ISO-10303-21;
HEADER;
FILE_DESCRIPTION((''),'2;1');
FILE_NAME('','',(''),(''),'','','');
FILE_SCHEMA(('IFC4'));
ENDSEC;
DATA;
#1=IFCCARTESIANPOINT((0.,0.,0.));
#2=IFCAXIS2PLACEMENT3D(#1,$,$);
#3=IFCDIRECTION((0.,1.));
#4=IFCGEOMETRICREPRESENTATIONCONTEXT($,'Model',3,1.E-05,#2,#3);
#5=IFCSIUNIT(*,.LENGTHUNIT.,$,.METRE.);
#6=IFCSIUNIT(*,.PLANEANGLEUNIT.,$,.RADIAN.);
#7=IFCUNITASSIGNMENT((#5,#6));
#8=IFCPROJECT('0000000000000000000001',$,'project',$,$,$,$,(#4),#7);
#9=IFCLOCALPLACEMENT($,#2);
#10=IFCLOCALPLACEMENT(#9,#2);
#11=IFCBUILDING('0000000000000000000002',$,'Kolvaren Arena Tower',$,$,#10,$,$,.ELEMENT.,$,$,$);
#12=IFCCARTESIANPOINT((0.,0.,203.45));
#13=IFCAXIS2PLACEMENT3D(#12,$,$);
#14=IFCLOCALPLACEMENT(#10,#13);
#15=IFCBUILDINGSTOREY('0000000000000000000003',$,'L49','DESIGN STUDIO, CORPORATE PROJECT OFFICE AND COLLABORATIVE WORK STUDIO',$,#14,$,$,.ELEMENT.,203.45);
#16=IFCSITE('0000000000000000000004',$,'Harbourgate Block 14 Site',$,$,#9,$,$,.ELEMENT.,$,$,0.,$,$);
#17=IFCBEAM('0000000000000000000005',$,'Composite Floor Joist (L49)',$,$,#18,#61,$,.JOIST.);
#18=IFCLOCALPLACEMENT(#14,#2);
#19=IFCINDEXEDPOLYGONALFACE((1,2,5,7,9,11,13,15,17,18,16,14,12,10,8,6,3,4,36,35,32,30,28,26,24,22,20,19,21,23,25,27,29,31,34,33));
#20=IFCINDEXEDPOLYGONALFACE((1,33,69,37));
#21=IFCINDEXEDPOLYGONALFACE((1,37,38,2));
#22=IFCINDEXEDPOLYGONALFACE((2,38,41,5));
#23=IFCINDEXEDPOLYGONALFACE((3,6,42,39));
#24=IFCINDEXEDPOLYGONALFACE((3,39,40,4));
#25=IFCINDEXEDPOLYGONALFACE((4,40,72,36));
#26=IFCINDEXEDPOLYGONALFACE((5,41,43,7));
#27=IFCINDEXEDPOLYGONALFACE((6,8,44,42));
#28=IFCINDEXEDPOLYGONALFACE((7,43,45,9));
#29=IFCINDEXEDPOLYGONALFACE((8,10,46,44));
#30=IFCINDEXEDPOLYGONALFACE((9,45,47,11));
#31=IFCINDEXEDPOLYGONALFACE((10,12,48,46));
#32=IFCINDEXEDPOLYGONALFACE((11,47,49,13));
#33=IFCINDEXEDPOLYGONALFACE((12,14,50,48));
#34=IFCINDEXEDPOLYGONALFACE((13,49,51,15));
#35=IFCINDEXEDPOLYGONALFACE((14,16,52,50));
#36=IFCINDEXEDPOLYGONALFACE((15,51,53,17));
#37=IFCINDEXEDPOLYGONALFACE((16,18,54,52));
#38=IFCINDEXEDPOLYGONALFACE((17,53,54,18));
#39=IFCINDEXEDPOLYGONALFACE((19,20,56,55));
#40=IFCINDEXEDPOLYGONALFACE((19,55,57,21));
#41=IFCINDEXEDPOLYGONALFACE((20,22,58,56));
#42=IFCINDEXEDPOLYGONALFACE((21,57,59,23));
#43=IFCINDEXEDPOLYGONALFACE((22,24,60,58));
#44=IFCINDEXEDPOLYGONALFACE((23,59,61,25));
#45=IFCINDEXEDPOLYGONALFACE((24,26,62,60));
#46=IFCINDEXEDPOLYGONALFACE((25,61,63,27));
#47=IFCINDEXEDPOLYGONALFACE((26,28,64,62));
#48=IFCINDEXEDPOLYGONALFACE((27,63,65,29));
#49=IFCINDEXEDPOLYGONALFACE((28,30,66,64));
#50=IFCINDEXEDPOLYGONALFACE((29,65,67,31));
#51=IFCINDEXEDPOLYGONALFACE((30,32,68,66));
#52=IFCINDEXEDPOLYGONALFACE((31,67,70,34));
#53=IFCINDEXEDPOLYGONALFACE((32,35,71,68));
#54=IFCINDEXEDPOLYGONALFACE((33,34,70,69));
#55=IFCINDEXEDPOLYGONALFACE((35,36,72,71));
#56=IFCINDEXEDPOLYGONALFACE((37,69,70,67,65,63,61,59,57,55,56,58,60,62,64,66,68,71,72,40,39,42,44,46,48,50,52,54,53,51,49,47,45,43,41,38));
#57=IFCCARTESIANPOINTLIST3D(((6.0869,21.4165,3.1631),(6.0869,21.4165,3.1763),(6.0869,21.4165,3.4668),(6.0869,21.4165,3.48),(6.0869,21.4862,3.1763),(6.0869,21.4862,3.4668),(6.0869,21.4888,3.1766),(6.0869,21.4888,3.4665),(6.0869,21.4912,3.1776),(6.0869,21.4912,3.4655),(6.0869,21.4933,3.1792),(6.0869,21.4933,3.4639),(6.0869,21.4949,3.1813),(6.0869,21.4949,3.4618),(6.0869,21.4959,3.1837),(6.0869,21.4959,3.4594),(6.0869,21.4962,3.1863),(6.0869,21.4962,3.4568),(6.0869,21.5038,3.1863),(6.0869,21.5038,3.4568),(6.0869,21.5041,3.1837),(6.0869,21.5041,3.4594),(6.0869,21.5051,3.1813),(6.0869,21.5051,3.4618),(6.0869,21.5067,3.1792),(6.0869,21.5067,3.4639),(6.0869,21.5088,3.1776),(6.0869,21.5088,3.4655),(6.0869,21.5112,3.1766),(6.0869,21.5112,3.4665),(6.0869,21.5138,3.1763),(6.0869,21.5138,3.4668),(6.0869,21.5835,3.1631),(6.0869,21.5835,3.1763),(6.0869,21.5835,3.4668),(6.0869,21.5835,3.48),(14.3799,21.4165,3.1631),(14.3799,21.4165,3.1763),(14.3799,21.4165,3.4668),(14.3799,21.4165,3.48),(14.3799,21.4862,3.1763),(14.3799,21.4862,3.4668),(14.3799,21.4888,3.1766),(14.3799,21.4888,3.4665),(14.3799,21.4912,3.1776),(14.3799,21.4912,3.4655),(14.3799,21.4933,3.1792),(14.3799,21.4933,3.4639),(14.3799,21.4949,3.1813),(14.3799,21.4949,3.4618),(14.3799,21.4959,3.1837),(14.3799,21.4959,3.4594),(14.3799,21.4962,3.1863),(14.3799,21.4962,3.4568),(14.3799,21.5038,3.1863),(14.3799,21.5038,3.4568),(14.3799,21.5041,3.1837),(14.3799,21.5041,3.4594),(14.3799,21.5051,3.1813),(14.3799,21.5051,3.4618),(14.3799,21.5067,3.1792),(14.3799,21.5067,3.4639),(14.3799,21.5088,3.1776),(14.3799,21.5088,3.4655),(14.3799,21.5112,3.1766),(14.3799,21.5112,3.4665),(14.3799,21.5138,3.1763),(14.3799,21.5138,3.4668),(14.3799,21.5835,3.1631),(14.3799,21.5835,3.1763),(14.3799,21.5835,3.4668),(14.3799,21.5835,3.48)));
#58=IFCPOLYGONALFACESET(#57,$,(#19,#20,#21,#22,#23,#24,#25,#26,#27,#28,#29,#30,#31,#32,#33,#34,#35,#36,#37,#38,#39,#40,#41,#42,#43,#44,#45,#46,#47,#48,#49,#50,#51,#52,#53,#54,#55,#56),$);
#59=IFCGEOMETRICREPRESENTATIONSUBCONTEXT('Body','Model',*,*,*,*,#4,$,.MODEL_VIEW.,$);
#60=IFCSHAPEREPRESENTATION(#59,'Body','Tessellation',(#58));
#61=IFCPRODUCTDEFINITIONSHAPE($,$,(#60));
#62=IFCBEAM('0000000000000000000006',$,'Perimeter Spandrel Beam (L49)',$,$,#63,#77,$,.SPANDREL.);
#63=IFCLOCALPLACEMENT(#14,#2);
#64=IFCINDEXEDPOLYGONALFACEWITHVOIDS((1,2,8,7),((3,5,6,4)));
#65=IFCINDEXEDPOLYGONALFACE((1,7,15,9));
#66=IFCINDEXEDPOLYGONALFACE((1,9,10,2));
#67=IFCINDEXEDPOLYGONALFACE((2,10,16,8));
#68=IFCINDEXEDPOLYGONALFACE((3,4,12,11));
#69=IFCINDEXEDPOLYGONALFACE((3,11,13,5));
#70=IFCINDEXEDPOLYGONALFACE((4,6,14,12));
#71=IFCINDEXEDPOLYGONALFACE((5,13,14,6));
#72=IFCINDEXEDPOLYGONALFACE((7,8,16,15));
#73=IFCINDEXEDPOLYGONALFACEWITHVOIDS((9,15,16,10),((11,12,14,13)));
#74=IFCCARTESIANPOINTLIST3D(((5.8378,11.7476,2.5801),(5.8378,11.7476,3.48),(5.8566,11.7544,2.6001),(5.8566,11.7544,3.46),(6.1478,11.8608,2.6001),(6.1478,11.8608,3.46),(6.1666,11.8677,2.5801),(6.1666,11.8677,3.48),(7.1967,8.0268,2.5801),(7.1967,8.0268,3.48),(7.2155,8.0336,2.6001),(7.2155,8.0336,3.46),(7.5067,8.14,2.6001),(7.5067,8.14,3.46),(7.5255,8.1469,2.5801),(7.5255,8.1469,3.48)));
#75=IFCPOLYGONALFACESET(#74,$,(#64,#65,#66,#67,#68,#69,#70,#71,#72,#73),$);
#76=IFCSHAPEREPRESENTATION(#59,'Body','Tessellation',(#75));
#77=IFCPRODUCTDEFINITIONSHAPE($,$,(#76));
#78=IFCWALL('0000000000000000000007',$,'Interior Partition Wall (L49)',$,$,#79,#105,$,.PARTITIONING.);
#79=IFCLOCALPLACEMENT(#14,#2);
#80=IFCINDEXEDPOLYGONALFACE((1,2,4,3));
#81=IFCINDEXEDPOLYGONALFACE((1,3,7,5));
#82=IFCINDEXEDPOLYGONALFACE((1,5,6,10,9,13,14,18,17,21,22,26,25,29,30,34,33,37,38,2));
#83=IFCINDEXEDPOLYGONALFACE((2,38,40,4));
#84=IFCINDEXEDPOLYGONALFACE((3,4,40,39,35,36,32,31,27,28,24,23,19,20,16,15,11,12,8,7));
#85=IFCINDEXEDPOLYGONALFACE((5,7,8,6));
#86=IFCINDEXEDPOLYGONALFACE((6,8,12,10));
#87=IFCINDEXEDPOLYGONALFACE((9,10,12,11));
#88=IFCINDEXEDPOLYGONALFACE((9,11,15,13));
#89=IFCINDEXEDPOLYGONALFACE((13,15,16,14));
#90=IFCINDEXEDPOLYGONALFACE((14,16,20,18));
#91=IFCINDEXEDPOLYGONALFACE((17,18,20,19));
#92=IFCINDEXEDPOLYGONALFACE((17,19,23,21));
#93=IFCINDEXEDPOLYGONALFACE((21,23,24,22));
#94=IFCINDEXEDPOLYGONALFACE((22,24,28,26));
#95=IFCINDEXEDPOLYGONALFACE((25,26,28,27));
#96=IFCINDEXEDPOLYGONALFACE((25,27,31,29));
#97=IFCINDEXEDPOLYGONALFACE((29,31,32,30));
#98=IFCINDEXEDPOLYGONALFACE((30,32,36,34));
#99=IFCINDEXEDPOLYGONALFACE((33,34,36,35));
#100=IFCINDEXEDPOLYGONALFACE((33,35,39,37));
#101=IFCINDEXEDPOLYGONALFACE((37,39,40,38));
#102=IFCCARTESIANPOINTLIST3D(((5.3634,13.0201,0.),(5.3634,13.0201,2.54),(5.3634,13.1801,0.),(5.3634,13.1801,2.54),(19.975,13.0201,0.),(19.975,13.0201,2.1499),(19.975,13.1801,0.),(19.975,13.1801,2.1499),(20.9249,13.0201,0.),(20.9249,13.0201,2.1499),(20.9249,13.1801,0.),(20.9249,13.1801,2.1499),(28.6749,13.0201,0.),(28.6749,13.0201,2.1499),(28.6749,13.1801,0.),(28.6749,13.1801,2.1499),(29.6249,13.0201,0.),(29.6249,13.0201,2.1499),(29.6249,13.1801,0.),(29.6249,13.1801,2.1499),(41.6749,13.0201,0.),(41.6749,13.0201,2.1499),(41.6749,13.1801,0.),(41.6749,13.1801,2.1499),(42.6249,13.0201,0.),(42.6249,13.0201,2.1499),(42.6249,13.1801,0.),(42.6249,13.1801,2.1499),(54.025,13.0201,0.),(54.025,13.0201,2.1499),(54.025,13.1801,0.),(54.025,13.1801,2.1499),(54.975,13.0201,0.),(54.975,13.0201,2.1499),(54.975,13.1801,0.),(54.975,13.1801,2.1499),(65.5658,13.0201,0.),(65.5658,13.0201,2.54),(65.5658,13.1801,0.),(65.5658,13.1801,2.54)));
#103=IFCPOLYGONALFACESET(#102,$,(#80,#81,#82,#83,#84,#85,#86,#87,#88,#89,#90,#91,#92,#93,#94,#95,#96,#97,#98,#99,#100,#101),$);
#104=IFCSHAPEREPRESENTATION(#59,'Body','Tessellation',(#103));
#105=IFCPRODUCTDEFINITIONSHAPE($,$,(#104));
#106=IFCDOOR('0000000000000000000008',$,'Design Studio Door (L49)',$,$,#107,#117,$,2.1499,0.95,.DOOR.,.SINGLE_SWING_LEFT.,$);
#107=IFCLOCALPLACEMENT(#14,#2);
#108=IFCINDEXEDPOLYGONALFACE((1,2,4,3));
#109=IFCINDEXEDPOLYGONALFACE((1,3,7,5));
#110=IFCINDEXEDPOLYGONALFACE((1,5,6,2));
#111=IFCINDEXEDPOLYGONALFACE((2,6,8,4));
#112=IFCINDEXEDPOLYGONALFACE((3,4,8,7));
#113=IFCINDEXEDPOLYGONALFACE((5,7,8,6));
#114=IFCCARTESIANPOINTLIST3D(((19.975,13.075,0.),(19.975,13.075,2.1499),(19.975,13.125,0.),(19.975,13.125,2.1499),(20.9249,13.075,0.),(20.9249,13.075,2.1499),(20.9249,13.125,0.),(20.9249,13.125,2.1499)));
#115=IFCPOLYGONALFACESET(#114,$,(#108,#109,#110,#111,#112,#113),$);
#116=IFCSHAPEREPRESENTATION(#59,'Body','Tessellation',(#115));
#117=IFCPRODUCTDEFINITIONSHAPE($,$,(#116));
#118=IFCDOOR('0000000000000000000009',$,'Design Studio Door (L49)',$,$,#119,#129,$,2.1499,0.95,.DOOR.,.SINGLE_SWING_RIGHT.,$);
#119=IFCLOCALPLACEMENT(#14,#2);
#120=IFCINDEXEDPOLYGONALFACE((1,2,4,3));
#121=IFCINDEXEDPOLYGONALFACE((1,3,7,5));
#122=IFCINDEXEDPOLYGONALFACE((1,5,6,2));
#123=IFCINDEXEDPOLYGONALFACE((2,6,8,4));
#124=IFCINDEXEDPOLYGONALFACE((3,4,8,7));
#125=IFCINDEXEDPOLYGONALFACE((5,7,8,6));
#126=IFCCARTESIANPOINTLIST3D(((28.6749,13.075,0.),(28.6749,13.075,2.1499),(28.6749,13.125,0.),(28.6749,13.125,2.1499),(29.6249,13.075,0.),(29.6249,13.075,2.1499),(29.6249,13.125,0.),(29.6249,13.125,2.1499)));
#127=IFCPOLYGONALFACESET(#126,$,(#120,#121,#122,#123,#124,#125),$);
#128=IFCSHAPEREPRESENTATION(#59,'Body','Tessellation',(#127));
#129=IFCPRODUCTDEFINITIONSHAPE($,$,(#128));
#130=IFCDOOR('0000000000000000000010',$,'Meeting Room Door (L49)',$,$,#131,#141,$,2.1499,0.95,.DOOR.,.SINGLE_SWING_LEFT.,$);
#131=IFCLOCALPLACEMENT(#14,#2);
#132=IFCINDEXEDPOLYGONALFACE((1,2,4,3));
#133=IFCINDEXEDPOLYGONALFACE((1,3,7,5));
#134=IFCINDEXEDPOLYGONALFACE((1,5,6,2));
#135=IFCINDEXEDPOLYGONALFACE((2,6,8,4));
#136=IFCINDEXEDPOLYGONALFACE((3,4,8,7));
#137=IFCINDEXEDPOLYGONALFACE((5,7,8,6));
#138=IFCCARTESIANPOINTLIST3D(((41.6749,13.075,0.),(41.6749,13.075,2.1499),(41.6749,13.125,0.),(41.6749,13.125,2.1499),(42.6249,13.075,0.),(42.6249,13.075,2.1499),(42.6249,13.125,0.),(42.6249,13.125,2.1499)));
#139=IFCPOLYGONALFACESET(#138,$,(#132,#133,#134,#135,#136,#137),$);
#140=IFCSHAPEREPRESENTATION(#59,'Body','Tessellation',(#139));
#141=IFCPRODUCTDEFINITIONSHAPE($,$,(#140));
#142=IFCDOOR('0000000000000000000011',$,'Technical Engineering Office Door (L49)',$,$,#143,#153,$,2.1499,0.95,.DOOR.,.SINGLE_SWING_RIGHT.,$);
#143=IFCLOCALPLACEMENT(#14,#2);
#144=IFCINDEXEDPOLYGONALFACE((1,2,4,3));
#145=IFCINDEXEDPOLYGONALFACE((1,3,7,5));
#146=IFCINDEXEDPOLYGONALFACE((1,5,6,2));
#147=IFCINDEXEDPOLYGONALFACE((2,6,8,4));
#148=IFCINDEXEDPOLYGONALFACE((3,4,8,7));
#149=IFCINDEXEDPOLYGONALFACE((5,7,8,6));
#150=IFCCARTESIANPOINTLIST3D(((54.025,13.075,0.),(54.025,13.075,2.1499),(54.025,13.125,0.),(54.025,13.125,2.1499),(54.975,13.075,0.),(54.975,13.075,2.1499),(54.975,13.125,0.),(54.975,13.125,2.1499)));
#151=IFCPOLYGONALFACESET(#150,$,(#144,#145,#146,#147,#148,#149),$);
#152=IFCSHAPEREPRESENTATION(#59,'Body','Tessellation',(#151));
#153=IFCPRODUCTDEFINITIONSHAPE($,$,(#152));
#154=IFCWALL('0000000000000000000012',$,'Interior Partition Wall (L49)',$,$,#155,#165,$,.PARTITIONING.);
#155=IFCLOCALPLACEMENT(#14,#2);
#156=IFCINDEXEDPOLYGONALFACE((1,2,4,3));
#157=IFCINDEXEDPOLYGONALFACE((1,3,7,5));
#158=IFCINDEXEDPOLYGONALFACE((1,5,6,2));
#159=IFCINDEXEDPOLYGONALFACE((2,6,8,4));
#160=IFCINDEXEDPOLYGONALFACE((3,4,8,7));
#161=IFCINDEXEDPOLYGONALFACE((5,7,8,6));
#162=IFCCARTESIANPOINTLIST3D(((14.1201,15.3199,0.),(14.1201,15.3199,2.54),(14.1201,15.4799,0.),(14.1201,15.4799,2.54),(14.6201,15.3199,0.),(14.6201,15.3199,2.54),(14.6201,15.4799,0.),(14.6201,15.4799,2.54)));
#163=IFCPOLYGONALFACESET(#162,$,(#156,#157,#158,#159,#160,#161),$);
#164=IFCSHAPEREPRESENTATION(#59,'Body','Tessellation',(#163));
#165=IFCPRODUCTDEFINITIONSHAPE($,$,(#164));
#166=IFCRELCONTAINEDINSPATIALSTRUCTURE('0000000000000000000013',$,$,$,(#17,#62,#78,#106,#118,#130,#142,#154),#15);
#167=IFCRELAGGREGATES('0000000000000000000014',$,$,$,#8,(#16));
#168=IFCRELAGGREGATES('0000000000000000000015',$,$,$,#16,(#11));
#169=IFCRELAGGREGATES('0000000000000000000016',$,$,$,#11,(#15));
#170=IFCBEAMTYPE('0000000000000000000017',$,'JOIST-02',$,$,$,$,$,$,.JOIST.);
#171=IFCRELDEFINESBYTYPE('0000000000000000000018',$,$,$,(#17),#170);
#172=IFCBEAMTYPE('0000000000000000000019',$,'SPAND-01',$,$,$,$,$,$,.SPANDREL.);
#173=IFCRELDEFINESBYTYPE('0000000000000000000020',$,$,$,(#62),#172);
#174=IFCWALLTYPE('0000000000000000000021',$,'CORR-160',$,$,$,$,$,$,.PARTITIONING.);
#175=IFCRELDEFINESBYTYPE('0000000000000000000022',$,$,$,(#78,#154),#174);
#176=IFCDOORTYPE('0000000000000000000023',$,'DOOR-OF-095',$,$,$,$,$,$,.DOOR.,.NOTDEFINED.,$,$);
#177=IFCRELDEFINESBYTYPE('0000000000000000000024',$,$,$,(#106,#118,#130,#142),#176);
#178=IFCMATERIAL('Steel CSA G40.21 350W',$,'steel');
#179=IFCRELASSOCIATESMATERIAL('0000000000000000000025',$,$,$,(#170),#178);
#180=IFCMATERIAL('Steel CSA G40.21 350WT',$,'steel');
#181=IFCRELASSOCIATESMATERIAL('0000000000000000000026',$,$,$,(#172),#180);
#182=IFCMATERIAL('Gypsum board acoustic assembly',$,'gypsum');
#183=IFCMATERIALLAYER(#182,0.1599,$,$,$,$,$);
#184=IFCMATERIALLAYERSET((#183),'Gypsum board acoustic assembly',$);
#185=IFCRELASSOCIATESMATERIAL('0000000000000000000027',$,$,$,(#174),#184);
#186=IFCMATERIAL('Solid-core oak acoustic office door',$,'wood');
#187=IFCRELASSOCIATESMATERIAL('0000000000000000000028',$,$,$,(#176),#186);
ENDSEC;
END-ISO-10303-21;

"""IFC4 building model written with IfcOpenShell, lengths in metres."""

from ifc_helpers import new_model, si_unit, direction, frame, frame_2d, origin, origin_2d, place, context, subcontext, project, spatial, rectangle, hollow_rectangle, i_section, extrude, material, layer, layer_set, material_profile, profile_set, type_object, element, fill, save


model = new_model("IFC4")

# Units and contexts
model_context = context("Model", 3, precision=1e-05, world=origin(), true_north=direction((0.0, 1.0)))
body_context = subcontext(model_context, "Body", "Model", "MODEL_VIEW")
ifc_project = project(units=[si_unit("LENGTHUNIT", "METRE"), si_unit("PLANEANGLEUNIT", "RADIAN")], contexts=[model_context])

# Site, building, storey
site_placement = place(None, origin())
site = spatial("IfcSite", under=ifc_project, at=site_placement, Name="Harbourgate Block 14 Site", CompositionType="ELEMENT", RefElevation=0.0)
building_placement = place(site_placement, origin())
building = spatial("IfcBuilding", under=site, at=building_placement, Name="Kolvaren Arena Tower", CompositionType="ELEMENT")
storey_placement = place(building_placement, frame((0.0, 0.0, 203.45)))
storey = spatial("IfcBuildingStorey", under=building, at=storey_placement, Name="L49", Description="DESIGN STUDIO, CORPORATE PROJECT OFFICE AND COLLABORATIVE WORK STUDIO", CompositionType="ELEMENT", Elevation=203.45)

# Beams
ifc_material_1 = material(Name="Steel CSA G40.21 350W", Category="steel")
ifc_material_profile_1 = material_profile(ifc_material_1, i_section(OverallWidth=0.167, OverallDepth=0.3169, WebThickness=0.0076, FlangeThickness=0.0132, FilletRadius=0.01, at=origin_2d()), Name="W310x52")
ifc_profile_set_1 = profile_set([ifc_material_profile_1], Name="Steel CSA G40.21 350W")
beam_type_1 = type_object("IfcBeamType", Name="JOIST-02", PredefinedType="JOIST", material=ifc_profile_set_1)
beam_1_placement = place(storey_placement, frame((6.0869, 21.5, 3.3215), z_axis=(1.0, 0.0, 0.0), x_axis=(0.0, 1.0, 0.0)))
element("IfcBeam", 1, at=beam_1_placement, inside=storey, type_object=beam_type_1, Name="Composite Floor Joist (L49)", PredefinedType="JOIST", context=body_context, shape_type="SweptSolid", body=[
    extrude(i_section(OverallWidth=0.167, OverallDepth=0.3169, WebThickness=0.0076, FlangeThickness=0.0132, FilletRadius=0.01, at=origin_2d()), origin(), (0.0, 0.0, 1.0), 8.293),
])
ifc_material_2 = material(Name="Steel CSA G40.21 350WT", Category="steel")
ifc_material_profile_2 = material_profile(ifc_material_2, hollow_rectangle(XDim=0.3501, YDim=0.8999, WallThickness=0.02, at=origin_2d()), Name="HSS 900x350x20")
ifc_profile_set_2 = profile_set([ifc_material_profile_2], Name="Steel CSA G40.21 350WT")
beam_type_2 = type_object("IfcBeamType", Name="SPAND-01", PredefinedType="SPANDREL", material=ifc_profile_set_2)
beam_2_placement = place(storey_placement, frame((6.0022, 11.8076, 3.03), z_axis=(0.343059, -0.939314, 0.0), x_axis=(0.939314, 0.343059, 0.0)))
element("IfcBeam", 2, at=beam_2_placement, inside=storey, type_object=beam_type_2, Name="Perimeter Spandrel Beam (L49)", PredefinedType="SPANDREL", context=body_context, shape_type="SweptSolid", body=[
    extrude(hollow_rectangle(XDim=0.3501, YDim=0.8999, WallThickness=0.02, at=origin_2d()), origin(), (0.0, 0.0, 1.0), 3.9612),
])

# Wall, openings, doors
ifc_material_3 = material(Name="Gypsum board acoustic assembly", Category="gypsum")
ifc_layer_1 = layer(ifc_material_3, 0.1599)
ifc_layer_set_1 = layer_set([ifc_layer_1], Name="Gypsum board acoustic assembly")
wall_type_1 = type_object("IfcWallType", Name="CORR-160", PredefinedType="PARTITIONING", material=ifc_layer_set_1)
wall_1_placement = place(storey_placement, frame((5.3635, 13.1001, 0.0), z_axis=(0.0, 0.0, 1.0), x_axis=(1.0, 0.0, 0.0)))
wall_1 = element("IfcWall", 3, at=wall_1_placement, inside=storey, type_object=wall_type_1, Name="Interior Partition Wall (L49)", PredefinedType="PARTITIONING", context=body_context, shape_type="SweptSolid", body=[
    extrude(rectangle(XDim=60.2024, YDim=0.1599, at=frame_2d((30.1011, 0.0))), origin(), (0.0, 0.0, 1.0), 2.54),
])
opening_1_placement = place(wall_1_placement, frame((14.6113, 0.0, 0.0)))
opening_1 = element("IfcOpeningElement", 4, at=opening_1_placement, cuts=wall_1, PredefinedType="OPENING", context=body_context, shape_type="SweptSolid", body=[
    extrude(rectangle(XDim=0.95, YDim=2.1499, at=frame_2d((0.4751, 1.075))), frame((0.0, 0.0898, 0.0), z_axis=(0.0, -1.0, 0.0), x_axis=(1.0, 0.0, 0.0)), (0.0, 0.0, 1.0), 0.1799),
])
opening_2_placement = place(wall_1_placement, frame((23.3113, 0.0, 0.0)))
opening_2 = element("IfcOpeningElement", 5, at=opening_2_placement, cuts=wall_1, PredefinedType="OPENING", context=body_context, shape_type="SweptSolid", body=[
    extrude(rectangle(XDim=0.95, YDim=2.1499, at=frame_2d((0.4751, 1.075))), frame((0.0, 0.0898, 0.0), z_axis=(0.0, -1.0, 0.0), x_axis=(1.0, 0.0, 0.0)), (0.0, 0.0, 1.0), 0.1799),
])
opening_3_placement = place(wall_1_placement, frame((36.3113, 0.0, 0.0)))
opening_3 = element("IfcOpeningElement", 6, at=opening_3_placement, cuts=wall_1, PredefinedType="OPENING", context=body_context, shape_type="SweptSolid", body=[
    extrude(rectangle(XDim=0.95, YDim=2.1499, at=frame_2d((0.4751, 1.075))), frame((0.0, 0.0898, 0.0), z_axis=(0.0, -1.0, 0.0), x_axis=(1.0, 0.0, 0.0)), (0.0, 0.0, 1.0), 0.1799),
])
opening_4_placement = place(wall_1_placement, frame((48.6614, 0.0, 0.0)))
opening_4 = element("IfcOpeningElement", 7, at=opening_4_placement, cuts=wall_1, PredefinedType="OPENING", context=body_context, shape_type="SweptSolid", body=[
    extrude(rectangle(XDim=0.95, YDim=2.1499, at=frame_2d((0.4751, 1.075))), frame((0.0, 0.0898, 0.0), z_axis=(0.0, -1.0, 0.0), x_axis=(1.0, 0.0, 0.0)), (0.0, 0.0, 1.0), 0.1799),
])
ifc_material_4 = material(Name="Solid-core oak acoustic office door", Category="wood")
door_type = type_object("IfcDoorType", Name="DOOR-OF-095", OperationType="NOTDEFINED", PredefinedType="DOOR", material=ifc_material_4)
door_1_placement = place(opening_1_placement, origin())
door_1 = element("IfcDoor", 8, at=door_1_placement, inside=storey, type_object=door_type, Name="Design Studio Door (L49)", OperationType="SINGLE_SWING_LEFT", OverallHeight=2.1499, OverallWidth=0.95, PredefinedType="DOOR", context=body_context, shape_type="SweptSolid", body=[
    extrude(rectangle(XDim=0.95, YDim=2.1499, at=frame_2d((0.4751, 1.075))), frame((0.0, 0.0249, 0.0), z_axis=(0.0, -1.0, 0.0), x_axis=(1.0, 0.0, 0.0)), (0.0, 0.0, 1.0), 0.05),
])
fill(opening_1, door_1)
door_2_placement = place(opening_2_placement, origin())
door_2 = element("IfcDoor", 9, at=door_2_placement, inside=storey, type_object=door_type, Name="Design Studio Door (L49)", OperationType="SINGLE_SWING_RIGHT", OverallHeight=2.1499, OverallWidth=0.95, PredefinedType="DOOR", context=body_context, shape_type="SweptSolid", body=[
    extrude(rectangle(XDim=0.95, YDim=2.1499, at=frame_2d((0.4751, 1.075))), frame((0.0, 0.0249, 0.0), z_axis=(0.0, -1.0, 0.0), x_axis=(1.0, 0.0, 0.0)), (0.0, 0.0, 1.0), 0.05),
])
fill(opening_2, door_2)
door_3_placement = place(opening_3_placement, origin())
door_3 = element("IfcDoor", 10, at=door_3_placement, inside=storey, type_object=door_type, Name="Meeting Room Door (L49)", OperationType="SINGLE_SWING_LEFT", OverallHeight=2.1499, OverallWidth=0.95, PredefinedType="DOOR", context=body_context, shape_type="SweptSolid", body=[
    extrude(rectangle(XDim=0.95, YDim=2.1499, at=frame_2d((0.4751, 1.075))), frame((0.0, 0.0249, 0.0), z_axis=(0.0, -1.0, 0.0), x_axis=(1.0, 0.0, 0.0)), (0.0, 0.0, 1.0), 0.05),
])
fill(opening_3, door_3)
door_4_placement = place(opening_4_placement, origin())
door_4 = element("IfcDoor", 11, at=door_4_placement, inside=storey, type_object=door_type, Name="Technical Engineering Office Door (L49)", OperationType="SINGLE_SWING_RIGHT", OverallHeight=2.1499, OverallWidth=0.95, PredefinedType="DOOR", context=body_context, shape_type="SweptSolid", body=[
    extrude(rectangle(XDim=0.95, YDim=2.1499, at=frame_2d((0.4751, 1.075))), frame((0.0, 0.0249, 0.0), z_axis=(0.0, -1.0, 0.0), x_axis=(1.0, 0.0, 0.0)), (0.0, 0.0, 1.0), 0.05),
])
fill(opening_4, door_4)

# Wall
wall_2_placement = place(storey_placement, frame((14.1201, 15.3999, 0.0), z_axis=(0.0, 0.0, 1.0), x_axis=(1.0, 0.0, 0.0)))
element("IfcWall", 12, at=wall_2_placement, inside=storey, type_object=wall_type_1, Name="Interior Partition Wall (L49)", PredefinedType="PARTITIONING", context=body_context, shape_type="SweptSolid", body=[
    extrude(rectangle(XDim=0.5, YDim=0.1599, at=frame_2d((0.25, 0.0))), origin(), (0.0, 0.0, 1.0), 2.54),
])

save(model, "model.ifc")
